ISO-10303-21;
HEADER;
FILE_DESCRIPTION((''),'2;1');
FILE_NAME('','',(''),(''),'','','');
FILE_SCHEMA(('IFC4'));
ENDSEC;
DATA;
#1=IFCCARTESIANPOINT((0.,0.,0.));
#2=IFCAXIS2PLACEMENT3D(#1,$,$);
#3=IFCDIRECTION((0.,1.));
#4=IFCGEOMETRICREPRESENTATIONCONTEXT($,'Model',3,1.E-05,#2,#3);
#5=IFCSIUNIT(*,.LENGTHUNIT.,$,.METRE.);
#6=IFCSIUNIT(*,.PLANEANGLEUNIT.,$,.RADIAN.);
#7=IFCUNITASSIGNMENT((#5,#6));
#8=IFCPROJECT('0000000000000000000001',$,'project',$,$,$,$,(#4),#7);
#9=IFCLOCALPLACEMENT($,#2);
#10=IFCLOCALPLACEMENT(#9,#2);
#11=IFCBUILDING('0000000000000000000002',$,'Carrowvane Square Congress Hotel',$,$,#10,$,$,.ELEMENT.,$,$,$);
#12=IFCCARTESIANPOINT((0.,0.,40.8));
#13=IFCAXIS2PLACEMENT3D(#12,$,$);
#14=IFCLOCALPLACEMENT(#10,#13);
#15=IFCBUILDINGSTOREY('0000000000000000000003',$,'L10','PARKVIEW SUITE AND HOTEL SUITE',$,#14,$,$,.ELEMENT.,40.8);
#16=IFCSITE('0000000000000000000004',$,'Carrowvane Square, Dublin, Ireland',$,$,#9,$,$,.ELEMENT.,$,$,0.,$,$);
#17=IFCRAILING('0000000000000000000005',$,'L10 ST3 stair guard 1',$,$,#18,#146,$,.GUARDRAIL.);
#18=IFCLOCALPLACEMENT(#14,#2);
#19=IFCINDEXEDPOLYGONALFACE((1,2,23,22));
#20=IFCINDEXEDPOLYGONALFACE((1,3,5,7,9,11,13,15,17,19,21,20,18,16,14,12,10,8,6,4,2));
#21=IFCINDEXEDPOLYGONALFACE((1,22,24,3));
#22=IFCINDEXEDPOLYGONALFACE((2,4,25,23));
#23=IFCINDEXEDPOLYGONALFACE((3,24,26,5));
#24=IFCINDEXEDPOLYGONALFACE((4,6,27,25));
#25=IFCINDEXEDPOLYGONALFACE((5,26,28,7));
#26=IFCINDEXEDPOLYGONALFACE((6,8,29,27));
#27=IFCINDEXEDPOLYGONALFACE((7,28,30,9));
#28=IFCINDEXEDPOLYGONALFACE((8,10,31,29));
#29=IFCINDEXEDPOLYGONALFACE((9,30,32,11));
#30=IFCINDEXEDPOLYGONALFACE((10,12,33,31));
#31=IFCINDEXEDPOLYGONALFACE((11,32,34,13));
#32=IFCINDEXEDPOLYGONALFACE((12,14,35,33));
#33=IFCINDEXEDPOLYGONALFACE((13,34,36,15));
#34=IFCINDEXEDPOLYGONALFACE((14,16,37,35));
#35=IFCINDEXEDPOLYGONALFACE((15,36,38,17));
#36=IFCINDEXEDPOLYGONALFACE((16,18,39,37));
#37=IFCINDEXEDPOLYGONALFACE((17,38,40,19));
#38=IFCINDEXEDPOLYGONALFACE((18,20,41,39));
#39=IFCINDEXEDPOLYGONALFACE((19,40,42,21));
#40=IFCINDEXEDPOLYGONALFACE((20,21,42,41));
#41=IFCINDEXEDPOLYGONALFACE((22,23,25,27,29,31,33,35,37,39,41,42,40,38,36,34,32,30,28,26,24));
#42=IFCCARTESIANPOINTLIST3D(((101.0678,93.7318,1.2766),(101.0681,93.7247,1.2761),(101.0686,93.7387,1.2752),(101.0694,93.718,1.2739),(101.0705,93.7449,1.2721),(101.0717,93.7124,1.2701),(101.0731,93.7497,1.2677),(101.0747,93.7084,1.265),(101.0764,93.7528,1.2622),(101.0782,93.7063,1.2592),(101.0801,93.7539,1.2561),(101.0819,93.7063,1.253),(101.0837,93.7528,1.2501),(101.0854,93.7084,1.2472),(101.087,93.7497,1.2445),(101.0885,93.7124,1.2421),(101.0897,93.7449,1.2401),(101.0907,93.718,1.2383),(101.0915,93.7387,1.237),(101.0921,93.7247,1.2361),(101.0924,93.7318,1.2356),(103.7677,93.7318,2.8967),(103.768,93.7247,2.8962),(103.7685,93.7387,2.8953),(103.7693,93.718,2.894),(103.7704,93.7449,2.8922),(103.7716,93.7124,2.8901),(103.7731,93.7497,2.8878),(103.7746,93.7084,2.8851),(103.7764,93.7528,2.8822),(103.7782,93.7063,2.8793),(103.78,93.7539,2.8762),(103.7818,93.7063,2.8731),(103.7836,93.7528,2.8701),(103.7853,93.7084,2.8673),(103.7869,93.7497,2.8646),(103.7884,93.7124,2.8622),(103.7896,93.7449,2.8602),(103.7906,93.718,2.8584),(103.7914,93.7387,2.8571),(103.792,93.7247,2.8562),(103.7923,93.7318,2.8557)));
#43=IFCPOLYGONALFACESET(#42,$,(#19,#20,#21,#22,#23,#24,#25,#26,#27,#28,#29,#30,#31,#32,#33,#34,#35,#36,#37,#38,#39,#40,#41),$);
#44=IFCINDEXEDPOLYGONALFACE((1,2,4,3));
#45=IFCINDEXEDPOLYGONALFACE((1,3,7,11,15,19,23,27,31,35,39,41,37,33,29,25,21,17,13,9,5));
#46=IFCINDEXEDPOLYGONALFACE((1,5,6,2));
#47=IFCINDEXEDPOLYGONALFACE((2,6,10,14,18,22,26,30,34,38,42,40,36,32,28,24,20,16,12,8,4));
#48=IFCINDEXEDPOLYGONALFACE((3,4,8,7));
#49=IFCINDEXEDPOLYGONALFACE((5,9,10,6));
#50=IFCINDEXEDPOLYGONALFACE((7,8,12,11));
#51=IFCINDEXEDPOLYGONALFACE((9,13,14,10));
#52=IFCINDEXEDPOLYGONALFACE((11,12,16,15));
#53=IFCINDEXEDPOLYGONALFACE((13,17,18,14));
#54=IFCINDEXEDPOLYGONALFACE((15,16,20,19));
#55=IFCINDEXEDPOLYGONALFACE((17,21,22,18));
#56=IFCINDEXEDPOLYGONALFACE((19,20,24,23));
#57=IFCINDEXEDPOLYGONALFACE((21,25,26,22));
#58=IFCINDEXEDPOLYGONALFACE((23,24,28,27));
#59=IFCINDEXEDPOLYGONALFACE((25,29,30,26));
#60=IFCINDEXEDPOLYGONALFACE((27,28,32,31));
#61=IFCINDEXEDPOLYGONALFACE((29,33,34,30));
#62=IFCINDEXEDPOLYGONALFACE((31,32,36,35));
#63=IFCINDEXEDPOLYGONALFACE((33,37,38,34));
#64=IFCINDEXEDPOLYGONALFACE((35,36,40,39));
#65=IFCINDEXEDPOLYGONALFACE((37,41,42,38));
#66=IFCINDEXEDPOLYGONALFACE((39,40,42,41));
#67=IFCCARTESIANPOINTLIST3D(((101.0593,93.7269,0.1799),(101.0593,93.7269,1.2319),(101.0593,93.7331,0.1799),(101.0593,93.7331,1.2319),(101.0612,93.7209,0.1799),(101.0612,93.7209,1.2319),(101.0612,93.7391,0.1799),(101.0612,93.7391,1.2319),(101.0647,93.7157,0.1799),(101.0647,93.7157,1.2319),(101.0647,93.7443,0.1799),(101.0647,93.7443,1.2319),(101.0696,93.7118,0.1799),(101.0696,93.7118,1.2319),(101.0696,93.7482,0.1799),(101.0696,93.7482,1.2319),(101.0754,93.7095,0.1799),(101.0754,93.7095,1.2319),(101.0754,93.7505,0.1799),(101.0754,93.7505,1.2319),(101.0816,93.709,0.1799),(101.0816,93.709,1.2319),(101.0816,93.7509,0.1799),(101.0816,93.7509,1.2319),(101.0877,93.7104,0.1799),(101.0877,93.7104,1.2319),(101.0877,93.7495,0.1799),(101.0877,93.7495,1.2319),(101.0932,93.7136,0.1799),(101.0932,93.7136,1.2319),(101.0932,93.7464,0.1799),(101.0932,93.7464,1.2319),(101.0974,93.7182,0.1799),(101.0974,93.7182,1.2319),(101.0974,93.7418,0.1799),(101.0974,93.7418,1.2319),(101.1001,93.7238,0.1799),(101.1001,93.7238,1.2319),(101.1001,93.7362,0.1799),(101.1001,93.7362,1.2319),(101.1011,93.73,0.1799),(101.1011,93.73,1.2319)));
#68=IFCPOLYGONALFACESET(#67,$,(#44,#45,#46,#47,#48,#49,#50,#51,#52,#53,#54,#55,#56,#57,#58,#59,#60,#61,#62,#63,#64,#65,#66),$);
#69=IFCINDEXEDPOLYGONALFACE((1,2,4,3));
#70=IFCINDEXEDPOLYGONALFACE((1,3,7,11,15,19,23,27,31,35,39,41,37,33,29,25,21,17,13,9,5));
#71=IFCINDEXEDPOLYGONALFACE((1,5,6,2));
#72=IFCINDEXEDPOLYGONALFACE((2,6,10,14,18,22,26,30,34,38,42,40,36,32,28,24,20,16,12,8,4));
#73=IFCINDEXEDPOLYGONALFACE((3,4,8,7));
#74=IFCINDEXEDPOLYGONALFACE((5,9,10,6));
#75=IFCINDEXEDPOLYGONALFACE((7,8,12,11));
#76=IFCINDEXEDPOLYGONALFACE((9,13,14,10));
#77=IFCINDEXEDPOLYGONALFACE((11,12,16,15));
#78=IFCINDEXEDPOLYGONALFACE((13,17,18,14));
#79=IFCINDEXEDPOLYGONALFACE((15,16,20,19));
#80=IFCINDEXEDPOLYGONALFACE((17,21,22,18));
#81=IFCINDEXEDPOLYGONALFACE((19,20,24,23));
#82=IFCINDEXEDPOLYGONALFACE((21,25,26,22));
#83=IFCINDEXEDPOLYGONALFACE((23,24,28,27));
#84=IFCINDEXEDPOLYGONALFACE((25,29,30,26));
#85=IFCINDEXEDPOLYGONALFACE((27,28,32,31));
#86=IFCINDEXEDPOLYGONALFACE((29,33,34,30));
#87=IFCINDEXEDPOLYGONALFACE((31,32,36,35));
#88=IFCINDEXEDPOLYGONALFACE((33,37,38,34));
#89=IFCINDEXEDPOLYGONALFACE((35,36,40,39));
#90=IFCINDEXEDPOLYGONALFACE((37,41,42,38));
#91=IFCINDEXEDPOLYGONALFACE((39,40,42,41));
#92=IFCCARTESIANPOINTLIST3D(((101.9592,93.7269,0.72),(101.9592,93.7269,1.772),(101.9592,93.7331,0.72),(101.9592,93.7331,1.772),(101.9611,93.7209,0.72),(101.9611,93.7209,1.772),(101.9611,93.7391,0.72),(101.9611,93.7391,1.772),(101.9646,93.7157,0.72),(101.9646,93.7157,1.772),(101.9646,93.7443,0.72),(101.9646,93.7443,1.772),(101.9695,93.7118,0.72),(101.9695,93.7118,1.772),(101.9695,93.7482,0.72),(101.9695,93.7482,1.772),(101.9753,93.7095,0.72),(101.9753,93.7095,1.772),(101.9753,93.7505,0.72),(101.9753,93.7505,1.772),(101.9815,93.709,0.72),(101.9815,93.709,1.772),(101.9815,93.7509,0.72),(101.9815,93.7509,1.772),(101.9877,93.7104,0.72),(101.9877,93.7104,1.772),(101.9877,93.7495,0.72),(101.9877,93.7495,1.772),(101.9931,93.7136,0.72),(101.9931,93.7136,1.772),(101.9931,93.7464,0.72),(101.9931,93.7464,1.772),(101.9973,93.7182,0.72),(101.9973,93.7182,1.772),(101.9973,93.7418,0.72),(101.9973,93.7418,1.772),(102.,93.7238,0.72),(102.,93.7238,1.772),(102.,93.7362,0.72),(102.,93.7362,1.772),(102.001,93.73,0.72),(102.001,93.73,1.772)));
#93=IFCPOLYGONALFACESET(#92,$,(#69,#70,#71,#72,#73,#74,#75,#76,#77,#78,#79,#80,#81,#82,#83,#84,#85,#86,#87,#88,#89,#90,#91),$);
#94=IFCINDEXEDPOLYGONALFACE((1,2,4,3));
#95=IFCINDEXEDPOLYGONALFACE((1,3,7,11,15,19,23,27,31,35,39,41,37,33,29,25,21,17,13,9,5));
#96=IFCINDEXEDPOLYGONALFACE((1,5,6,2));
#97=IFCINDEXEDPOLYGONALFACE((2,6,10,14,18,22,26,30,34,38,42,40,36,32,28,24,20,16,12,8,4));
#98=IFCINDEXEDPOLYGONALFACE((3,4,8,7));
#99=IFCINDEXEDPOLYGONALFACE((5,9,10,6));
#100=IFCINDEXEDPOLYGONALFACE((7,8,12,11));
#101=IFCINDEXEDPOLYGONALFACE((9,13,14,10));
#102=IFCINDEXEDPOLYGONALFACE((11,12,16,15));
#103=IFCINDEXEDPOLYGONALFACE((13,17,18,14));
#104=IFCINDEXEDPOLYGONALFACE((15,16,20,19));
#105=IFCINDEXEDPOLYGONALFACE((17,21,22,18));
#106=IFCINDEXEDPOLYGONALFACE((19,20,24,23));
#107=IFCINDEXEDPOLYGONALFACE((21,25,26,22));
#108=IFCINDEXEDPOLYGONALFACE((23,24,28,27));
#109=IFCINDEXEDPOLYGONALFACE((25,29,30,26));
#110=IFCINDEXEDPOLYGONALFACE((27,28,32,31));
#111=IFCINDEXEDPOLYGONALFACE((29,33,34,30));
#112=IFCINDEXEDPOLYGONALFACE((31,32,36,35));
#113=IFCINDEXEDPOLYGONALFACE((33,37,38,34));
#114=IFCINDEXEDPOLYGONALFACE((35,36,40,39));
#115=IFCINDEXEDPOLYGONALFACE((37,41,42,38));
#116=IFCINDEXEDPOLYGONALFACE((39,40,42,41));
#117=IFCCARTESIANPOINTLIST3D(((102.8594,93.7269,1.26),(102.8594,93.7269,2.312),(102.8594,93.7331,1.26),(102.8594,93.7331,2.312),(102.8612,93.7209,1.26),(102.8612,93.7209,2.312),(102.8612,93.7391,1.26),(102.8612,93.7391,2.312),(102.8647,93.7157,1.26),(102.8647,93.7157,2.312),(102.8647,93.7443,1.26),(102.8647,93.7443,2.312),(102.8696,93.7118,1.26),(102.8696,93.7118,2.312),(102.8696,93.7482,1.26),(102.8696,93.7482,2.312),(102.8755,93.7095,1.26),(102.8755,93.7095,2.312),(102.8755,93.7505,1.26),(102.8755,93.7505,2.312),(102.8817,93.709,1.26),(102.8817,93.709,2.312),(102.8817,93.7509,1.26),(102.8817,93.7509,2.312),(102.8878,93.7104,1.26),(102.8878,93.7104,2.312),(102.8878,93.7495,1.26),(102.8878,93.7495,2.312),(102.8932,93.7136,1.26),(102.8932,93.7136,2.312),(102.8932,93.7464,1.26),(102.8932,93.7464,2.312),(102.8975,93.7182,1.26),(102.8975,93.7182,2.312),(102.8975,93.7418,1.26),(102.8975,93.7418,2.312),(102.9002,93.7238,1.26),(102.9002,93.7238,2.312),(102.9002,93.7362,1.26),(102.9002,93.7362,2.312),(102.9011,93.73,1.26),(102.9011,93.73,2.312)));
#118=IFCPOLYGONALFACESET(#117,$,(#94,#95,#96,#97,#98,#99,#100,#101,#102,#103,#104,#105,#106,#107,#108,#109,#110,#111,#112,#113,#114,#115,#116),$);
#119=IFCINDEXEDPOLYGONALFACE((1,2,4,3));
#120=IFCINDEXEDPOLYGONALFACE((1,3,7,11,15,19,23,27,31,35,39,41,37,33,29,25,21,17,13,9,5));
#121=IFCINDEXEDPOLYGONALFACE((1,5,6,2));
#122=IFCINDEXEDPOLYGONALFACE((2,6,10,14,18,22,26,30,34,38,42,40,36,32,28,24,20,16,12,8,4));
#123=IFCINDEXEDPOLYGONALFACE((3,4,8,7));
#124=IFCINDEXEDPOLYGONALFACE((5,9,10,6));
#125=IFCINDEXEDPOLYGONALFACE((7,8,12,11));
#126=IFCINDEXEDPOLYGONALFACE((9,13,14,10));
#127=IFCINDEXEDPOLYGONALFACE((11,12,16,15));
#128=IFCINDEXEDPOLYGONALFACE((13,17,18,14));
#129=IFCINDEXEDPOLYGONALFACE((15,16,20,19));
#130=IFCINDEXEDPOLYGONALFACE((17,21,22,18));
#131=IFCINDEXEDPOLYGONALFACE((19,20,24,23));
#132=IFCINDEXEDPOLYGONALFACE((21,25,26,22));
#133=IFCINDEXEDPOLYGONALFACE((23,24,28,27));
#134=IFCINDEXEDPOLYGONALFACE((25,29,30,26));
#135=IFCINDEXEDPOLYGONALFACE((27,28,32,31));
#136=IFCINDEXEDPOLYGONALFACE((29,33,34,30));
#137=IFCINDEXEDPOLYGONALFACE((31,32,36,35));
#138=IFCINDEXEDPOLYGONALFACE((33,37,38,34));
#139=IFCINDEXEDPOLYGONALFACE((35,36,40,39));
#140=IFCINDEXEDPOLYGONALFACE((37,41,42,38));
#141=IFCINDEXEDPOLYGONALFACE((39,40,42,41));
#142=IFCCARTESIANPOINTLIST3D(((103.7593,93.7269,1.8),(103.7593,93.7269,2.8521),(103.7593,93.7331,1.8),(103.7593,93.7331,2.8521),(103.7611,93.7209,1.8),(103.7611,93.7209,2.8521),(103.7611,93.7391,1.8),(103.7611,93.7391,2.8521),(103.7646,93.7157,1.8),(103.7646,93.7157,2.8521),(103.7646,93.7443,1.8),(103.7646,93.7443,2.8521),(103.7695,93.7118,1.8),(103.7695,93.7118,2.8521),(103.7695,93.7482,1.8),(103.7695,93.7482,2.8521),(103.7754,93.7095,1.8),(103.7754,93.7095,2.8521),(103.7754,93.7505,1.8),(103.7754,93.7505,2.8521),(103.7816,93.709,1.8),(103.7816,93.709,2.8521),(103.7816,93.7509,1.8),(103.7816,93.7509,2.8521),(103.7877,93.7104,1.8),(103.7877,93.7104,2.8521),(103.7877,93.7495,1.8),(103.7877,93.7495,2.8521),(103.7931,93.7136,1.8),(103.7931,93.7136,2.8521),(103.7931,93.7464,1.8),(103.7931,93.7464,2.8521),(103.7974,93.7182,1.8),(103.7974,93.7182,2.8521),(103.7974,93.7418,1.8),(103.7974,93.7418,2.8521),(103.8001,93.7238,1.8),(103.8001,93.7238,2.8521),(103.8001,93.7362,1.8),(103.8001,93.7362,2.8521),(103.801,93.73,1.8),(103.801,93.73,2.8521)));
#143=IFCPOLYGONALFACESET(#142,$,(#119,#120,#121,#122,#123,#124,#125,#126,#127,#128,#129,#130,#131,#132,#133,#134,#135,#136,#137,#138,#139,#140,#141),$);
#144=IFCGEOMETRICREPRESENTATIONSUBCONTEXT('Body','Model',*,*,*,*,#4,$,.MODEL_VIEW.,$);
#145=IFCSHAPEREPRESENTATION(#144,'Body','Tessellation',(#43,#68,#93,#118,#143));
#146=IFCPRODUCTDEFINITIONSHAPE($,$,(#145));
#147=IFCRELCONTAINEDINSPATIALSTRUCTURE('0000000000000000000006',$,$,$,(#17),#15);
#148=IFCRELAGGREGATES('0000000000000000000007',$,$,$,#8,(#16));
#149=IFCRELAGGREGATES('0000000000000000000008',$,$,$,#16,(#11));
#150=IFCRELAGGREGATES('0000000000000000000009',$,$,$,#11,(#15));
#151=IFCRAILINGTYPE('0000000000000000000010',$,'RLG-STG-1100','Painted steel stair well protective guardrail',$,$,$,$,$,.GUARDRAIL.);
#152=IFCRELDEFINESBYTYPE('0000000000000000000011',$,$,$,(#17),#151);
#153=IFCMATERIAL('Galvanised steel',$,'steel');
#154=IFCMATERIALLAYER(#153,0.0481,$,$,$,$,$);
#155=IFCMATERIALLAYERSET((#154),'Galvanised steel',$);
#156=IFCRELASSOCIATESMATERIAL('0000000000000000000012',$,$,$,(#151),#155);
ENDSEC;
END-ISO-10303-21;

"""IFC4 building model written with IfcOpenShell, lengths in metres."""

from ifc_helpers import new_model, si_unit, direction, frame, origin, origin_2d, place, context, subcontext, project, spatial, circle, extrude, material, layer, layer_set, type_object, element, save


model = new_model("IFC4")

# Units and contexts
model_context = context("Model", 3, precision=1e-05, world=origin(), true_north=direction((0.0, 1.0)))
body_context = subcontext(model_context, "Body", "Model", "MODEL_VIEW")
ifc_project = project(units=[si_unit("LENGTHUNIT", "METRE"), si_unit("PLANEANGLEUNIT", "RADIAN")], contexts=[model_context])

# Site, building, storey
site_placement = place(None, origin())
site = spatial("IfcSite", under=ifc_project, at=site_placement, Name="Carrowvane Square, Dublin, Ireland", CompositionType="ELEMENT", RefElevation=0.0)
building_placement = place(site_placement, origin())
building = spatial("IfcBuilding", under=site, at=building_placement, Name="Carrowvane Square Congress Hotel", CompositionType="ELEMENT")
storey_placement = place(building_placement, frame((0.0, 0.0, 40.8)))
storey = spatial("IfcBuildingStorey", under=building, at=storey_placement, Name="L10", Description="PARKVIEW SUITE AND HOTEL SUITE", CompositionType="ELEMENT", Elevation=40.8)

# Railing
ifc_material_1 = material(Name="Galvanised steel", Category="steel")
ifc_layer_1 = layer(ifc_material_1, 0.0481)
ifc_layer_set_1 = layer_set([ifc_layer_1], Name="Galvanised steel")
railing_type_1 = type_object("IfcRailingType", Name="RLG-STG-1100", Description="Painted steel stair well protective guardrail", PredefinedType="GUARDRAIL", material=ifc_layer_set_1)
railing_1_placement = place(storey_placement, frame((101.0801, 93.73, 0.1799)))
element("IfcRailing", 1, at=railing_1_placement, inside=storey, type_object=railing_type_1, Name="L10 ST3 stair guard 1", PredefinedType="GUARDRAIL", context=body_context, shape_type="SweptSolid", body=[
    extrude(circle(Radius=0.0239, at=origin_2d()), frame((0.0, 0.0, 1.0762), z_axis=(0.857472, 0.0, 0.51453), x_axis=(0.0, 1.0, 0.0)), (0.0, 0.0, 1.0), 3.1487),
    extrude(circle(Radius=0.021, at=origin_2d()), origin(), (0.0, 0.0, 1.0), 1.052),
    extrude(circle(Radius=0.021, at=origin_2d()), frame((0.8999, 0.0, 0.54)), (0.0, 0.0, 1.0), 1.052),
    extrude(circle(Radius=0.021, at=origin_2d()), frame((1.8, 0.0, 1.0801)), (0.0, 0.0, 1.0), 1.052),
    extrude(circle(Radius=0.021, at=origin_2d()), frame((2.7, 0.0, 1.6201)), (0.0, 0.0, 1.0), 1.052),
])

save(model, "model.ifc")
